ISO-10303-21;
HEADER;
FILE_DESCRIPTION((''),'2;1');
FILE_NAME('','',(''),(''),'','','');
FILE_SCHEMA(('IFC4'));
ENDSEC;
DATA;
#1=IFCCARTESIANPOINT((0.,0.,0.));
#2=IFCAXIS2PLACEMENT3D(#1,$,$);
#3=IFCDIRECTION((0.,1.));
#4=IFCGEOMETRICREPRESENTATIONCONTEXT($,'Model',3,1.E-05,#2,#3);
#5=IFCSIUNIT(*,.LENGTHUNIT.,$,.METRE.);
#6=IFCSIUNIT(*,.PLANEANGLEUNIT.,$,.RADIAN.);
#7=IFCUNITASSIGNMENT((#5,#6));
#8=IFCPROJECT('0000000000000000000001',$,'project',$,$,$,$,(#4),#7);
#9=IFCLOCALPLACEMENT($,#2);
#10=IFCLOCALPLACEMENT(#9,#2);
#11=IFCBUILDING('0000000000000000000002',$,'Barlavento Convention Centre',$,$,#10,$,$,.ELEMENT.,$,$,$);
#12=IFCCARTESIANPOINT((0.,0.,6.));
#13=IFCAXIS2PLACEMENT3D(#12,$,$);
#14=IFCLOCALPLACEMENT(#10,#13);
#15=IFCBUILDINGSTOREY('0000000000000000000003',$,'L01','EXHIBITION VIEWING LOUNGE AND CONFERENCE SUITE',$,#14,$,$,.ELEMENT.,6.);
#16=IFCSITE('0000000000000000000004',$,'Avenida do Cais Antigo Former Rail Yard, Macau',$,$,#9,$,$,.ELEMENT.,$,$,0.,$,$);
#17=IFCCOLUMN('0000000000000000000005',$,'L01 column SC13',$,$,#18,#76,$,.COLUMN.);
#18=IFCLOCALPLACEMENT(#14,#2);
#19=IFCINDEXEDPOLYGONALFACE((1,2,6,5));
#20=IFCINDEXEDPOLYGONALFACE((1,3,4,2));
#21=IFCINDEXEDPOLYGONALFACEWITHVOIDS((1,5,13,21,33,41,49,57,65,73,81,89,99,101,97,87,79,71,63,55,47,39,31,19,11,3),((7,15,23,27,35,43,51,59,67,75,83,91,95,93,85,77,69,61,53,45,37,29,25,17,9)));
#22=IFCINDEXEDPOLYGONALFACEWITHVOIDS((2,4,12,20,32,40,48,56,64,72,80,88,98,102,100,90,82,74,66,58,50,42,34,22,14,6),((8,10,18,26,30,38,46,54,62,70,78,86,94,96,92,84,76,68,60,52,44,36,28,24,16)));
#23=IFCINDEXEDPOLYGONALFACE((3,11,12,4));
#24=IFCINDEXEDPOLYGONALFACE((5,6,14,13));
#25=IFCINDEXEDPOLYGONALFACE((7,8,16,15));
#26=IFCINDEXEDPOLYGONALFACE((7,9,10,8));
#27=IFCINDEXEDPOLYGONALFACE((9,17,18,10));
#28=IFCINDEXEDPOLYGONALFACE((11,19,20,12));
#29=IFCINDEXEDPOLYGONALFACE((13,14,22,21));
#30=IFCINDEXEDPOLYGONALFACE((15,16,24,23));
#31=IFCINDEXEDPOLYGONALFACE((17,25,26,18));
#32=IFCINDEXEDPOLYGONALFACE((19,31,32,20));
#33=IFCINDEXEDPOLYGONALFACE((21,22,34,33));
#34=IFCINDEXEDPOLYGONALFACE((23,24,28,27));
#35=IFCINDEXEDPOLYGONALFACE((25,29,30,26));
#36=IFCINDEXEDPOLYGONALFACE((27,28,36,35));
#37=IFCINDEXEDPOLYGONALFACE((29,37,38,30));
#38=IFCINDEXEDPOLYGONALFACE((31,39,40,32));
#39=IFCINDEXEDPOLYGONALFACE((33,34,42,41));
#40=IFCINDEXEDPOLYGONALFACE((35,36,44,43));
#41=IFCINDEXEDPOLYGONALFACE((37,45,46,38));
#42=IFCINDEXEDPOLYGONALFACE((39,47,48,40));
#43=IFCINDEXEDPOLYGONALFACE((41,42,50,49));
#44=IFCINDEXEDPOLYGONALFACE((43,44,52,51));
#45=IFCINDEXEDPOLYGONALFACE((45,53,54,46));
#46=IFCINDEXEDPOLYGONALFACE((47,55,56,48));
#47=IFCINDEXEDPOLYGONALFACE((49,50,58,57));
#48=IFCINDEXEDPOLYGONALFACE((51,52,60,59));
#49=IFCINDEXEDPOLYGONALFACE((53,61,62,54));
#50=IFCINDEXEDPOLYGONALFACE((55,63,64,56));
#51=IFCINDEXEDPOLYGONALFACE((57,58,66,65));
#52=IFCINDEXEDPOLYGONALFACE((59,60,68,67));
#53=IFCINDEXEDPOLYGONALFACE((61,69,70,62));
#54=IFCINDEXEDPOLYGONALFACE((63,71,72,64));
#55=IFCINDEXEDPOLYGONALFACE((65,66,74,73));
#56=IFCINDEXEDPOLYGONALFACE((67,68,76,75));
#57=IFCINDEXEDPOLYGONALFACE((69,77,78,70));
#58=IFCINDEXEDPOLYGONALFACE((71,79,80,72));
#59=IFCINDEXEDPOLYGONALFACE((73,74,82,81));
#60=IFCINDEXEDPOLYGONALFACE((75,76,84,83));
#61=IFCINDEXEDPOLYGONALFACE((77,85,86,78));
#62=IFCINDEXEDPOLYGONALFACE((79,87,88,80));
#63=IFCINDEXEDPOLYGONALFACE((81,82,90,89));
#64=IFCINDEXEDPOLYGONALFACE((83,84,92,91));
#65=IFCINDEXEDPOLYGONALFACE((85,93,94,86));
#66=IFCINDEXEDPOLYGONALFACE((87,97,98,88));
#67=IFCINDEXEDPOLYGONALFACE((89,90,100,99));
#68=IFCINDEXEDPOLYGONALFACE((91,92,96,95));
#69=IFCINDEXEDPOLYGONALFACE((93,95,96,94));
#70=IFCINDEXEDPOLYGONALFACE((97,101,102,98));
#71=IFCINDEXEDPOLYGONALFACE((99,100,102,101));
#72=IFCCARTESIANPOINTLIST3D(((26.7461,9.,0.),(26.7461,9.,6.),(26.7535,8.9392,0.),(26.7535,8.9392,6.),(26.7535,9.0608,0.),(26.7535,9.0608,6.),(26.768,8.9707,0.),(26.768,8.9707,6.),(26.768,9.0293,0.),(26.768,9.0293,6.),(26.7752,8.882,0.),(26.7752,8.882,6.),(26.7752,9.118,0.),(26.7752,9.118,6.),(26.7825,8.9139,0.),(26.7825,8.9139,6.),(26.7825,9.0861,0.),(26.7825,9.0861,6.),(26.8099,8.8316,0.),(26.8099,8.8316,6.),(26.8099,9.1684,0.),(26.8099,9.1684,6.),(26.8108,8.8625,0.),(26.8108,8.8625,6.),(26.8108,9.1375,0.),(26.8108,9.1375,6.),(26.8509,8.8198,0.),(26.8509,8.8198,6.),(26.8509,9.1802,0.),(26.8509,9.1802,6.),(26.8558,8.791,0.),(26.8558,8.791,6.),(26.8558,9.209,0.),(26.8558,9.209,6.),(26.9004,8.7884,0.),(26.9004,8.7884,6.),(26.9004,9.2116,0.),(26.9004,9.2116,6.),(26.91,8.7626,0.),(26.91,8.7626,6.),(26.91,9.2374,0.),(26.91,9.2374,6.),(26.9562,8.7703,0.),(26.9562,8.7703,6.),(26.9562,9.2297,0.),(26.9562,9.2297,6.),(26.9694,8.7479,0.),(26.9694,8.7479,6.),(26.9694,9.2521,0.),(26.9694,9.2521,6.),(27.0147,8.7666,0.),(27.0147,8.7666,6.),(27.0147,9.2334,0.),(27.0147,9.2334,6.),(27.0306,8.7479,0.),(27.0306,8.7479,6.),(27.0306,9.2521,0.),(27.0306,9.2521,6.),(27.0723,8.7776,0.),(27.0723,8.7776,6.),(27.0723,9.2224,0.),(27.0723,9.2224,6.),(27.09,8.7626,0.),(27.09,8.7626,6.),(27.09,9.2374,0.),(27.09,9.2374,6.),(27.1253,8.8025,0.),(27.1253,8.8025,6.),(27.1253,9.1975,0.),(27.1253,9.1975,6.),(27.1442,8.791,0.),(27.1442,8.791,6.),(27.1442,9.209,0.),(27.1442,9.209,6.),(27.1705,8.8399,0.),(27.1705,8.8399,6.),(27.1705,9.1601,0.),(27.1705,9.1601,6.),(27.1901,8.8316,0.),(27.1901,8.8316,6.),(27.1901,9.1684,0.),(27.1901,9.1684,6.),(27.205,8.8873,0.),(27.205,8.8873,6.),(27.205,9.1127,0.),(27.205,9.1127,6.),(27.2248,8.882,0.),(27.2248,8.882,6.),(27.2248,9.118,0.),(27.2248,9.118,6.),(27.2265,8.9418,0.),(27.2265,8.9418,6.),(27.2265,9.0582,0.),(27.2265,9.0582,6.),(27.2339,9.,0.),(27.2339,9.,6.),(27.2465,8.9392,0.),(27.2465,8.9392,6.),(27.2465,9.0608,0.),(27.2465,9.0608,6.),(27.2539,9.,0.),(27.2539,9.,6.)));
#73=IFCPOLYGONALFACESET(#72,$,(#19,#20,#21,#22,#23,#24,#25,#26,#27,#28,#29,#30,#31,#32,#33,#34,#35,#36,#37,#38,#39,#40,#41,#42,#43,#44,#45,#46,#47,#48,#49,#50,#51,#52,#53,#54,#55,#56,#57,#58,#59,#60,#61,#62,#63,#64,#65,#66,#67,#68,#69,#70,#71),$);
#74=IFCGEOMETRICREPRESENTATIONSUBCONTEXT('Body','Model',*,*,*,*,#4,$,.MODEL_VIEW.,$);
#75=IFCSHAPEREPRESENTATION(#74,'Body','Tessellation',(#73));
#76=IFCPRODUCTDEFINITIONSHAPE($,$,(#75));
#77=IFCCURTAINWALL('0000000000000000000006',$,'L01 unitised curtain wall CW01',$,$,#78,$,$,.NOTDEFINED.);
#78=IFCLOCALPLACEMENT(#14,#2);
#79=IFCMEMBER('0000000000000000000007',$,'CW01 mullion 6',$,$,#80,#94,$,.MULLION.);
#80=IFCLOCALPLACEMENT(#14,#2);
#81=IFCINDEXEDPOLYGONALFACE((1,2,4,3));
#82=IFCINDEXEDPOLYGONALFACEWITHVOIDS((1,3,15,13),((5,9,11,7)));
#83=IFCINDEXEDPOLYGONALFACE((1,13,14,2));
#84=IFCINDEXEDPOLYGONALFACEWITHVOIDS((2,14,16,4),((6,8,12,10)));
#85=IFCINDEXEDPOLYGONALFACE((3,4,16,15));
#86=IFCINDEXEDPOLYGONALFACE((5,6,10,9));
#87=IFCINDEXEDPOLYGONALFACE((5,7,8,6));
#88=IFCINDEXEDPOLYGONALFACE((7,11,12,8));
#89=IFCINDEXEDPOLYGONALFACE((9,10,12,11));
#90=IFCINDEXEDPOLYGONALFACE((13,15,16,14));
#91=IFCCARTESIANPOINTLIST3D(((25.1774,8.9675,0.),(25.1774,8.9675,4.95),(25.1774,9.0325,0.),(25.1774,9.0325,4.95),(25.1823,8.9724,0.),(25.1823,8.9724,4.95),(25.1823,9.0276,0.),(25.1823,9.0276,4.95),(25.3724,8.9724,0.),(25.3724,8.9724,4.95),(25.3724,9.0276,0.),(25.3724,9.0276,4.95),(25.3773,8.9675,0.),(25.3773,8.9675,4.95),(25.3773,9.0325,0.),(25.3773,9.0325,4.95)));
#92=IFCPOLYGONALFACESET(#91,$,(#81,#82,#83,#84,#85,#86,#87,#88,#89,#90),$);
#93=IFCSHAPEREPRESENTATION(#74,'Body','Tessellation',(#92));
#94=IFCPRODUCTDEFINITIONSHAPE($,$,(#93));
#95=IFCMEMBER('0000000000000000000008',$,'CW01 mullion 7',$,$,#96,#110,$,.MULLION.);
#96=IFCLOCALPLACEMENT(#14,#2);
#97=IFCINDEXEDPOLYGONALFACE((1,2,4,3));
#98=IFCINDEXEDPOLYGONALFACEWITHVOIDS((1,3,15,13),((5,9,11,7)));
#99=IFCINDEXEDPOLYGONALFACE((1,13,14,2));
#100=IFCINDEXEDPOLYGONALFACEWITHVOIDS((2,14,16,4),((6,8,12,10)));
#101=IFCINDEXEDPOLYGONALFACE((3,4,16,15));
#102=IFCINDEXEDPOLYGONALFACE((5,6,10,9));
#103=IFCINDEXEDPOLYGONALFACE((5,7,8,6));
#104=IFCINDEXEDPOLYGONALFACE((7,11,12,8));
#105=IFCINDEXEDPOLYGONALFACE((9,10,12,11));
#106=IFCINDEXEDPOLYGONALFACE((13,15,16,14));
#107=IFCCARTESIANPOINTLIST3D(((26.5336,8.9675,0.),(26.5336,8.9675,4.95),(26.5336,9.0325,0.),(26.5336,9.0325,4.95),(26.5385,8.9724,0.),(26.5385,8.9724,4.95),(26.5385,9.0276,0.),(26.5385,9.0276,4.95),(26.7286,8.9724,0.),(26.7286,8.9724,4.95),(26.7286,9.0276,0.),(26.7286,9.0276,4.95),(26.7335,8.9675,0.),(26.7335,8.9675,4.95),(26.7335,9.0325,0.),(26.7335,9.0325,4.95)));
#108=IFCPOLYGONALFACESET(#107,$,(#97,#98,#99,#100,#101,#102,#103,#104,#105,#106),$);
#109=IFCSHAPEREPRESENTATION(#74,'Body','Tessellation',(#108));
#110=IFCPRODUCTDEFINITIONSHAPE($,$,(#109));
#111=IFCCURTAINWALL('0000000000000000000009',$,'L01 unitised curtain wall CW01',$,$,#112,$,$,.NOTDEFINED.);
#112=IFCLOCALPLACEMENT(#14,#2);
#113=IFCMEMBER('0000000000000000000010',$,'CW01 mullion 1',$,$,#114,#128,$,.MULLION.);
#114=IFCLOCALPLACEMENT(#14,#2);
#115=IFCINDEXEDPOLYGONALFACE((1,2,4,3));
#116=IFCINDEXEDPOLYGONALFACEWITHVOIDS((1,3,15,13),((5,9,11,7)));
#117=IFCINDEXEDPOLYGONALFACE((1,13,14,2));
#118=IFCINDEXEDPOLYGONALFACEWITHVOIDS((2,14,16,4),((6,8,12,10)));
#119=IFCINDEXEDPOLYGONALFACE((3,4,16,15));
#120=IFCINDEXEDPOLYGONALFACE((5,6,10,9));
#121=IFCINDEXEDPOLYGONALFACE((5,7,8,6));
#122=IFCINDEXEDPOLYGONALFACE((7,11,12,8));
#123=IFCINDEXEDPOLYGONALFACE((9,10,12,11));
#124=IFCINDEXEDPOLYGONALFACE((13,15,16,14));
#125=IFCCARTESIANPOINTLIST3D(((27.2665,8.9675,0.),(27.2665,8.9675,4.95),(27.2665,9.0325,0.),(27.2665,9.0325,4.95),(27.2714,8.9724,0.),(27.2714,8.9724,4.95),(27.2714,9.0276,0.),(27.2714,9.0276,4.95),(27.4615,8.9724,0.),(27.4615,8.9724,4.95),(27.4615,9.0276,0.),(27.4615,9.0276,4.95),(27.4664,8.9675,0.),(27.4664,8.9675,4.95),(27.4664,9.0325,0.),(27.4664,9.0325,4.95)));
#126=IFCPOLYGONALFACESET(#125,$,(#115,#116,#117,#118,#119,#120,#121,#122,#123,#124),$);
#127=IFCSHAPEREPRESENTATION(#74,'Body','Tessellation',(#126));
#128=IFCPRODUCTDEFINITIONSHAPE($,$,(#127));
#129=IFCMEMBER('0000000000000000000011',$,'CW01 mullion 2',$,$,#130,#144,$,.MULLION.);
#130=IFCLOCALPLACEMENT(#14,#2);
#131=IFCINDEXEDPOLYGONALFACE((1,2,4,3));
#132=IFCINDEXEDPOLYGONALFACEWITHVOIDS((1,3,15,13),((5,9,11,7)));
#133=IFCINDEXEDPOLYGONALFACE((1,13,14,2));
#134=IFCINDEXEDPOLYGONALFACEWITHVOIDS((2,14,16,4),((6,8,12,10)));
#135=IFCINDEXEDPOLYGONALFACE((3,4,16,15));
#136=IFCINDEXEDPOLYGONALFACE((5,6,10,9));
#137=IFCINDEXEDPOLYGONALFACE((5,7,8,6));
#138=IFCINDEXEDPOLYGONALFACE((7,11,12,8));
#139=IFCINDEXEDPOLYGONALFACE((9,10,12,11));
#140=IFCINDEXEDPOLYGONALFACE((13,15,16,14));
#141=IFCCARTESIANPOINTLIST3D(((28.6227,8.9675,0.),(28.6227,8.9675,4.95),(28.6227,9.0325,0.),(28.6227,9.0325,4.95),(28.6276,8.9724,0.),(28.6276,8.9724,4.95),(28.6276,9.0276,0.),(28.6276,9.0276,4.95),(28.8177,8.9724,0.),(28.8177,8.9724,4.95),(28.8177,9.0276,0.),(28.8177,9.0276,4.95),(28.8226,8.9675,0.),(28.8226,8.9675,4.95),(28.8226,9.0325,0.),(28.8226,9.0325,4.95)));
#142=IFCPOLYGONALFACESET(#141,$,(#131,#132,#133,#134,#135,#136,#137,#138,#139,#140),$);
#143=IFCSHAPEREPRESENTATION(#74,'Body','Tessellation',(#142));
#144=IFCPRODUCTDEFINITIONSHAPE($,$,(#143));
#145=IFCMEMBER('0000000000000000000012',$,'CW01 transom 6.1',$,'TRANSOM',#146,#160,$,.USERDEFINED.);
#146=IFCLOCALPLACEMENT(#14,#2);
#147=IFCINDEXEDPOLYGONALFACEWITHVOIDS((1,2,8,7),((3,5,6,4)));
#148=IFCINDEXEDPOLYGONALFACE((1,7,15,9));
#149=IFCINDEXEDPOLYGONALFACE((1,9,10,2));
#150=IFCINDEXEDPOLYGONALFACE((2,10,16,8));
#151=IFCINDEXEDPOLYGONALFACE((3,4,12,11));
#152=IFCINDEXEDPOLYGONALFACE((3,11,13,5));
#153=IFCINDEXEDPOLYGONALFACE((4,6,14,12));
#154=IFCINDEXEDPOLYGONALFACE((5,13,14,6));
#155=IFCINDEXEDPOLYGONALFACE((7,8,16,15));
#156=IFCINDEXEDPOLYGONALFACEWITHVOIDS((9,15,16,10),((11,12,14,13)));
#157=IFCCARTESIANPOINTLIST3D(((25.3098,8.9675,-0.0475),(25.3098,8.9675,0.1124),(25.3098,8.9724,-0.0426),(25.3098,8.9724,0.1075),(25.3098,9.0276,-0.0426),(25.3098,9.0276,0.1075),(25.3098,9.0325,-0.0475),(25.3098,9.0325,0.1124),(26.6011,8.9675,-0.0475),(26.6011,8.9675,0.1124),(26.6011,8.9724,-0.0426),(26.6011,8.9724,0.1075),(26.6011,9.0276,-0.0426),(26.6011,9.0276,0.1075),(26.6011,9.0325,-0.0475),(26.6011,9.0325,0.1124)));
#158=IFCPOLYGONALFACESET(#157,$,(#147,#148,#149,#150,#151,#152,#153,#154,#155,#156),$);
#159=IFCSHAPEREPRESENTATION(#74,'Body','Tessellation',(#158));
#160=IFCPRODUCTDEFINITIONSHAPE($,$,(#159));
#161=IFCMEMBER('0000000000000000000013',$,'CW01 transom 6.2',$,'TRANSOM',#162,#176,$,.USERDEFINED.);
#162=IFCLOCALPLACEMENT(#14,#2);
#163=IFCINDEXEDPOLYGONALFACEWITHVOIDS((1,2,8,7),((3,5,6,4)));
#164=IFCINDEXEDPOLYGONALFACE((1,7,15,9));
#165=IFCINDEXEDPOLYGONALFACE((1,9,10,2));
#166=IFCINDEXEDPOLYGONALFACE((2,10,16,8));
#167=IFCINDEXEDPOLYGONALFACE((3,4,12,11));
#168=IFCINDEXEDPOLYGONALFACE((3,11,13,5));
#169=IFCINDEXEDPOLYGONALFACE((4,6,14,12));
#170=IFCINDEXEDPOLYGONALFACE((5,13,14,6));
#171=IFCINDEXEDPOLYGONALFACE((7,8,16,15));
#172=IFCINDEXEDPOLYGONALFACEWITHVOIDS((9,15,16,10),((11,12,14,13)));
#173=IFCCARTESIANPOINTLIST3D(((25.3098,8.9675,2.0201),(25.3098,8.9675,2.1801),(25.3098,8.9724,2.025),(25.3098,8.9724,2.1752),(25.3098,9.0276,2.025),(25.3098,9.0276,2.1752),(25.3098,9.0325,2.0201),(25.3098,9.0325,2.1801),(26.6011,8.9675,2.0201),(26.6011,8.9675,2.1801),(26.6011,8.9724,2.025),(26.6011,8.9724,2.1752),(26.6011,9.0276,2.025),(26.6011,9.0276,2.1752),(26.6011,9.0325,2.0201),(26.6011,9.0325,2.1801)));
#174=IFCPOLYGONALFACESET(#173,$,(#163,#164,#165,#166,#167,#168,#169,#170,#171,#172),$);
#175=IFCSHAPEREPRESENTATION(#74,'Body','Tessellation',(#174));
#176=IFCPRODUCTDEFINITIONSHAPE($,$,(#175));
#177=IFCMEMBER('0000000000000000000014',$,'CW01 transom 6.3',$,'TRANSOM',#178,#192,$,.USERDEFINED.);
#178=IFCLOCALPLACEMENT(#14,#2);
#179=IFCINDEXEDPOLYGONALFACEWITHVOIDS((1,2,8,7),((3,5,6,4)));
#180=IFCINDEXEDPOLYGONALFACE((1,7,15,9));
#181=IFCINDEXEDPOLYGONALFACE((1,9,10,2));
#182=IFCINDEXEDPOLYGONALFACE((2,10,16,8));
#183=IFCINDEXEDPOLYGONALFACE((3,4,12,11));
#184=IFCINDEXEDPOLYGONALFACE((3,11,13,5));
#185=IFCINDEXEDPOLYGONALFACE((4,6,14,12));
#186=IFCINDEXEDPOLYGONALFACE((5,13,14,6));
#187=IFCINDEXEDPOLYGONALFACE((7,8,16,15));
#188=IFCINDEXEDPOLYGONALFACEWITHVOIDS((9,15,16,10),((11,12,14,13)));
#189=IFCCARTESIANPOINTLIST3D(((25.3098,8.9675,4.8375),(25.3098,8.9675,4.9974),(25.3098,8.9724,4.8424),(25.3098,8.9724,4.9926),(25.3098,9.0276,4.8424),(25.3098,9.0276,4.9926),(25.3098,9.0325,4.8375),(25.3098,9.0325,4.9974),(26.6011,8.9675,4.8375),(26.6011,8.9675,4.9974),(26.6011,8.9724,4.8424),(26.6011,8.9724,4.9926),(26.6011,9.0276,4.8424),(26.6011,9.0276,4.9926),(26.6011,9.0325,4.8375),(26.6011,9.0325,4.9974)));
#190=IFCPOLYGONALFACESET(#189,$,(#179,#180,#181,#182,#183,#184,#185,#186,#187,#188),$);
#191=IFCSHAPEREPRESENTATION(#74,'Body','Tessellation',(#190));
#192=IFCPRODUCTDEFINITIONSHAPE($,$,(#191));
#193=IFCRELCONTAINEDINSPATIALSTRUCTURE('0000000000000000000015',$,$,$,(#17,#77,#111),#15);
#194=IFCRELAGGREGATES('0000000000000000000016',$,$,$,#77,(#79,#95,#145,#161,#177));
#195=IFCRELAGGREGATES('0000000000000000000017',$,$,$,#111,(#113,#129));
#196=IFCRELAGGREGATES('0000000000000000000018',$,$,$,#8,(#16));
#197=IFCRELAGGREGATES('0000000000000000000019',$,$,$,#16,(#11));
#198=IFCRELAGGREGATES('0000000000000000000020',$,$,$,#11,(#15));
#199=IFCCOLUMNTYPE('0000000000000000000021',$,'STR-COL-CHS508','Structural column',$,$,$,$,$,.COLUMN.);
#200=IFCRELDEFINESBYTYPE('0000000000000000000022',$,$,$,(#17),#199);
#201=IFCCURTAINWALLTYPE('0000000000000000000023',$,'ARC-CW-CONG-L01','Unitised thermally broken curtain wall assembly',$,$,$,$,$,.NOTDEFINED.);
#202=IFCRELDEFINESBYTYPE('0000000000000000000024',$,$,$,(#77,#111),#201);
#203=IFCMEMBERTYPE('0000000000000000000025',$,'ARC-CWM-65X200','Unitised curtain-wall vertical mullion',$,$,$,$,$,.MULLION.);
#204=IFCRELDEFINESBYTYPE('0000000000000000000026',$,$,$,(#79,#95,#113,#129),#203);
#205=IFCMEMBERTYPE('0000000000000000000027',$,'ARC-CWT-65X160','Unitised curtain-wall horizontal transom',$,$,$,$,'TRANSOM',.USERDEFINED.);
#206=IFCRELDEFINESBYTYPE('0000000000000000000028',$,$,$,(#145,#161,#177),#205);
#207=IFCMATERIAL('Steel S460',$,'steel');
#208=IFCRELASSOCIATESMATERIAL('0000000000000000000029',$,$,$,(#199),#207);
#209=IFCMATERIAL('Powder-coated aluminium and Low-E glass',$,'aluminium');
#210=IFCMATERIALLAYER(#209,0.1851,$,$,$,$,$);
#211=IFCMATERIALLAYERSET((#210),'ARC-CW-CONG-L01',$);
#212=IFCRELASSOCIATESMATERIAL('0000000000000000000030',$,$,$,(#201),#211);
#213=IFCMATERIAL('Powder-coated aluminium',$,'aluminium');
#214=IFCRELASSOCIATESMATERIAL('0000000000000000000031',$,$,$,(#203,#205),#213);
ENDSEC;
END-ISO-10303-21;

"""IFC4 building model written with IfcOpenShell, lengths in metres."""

from ifc_helpers import new_model, si_unit, direction, frame, origin, origin_2d, place, context, subcontext, project, spatial, hollow_rectangle, hollow_circle, extrude, material, layer, layer_set, material_profile, profile_set, type_object, element, aggregate, save


model = new_model("IFC4")

# Units and contexts
model_context = context("Model", 3, precision=1e-05, world=origin(), true_north=direction((0.0, 1.0)))
body_context = subcontext(model_context, "Body", "Model", "MODEL_VIEW")
ifc_project = project(units=[si_unit("LENGTHUNIT", "METRE"), si_unit("PLANEANGLEUNIT", "RADIAN")], contexts=[model_context])

# Site, building, storey
site_placement = place(None, origin())
site = spatial("IfcSite", under=ifc_project, at=site_placement, Name="Avenida do Cais Antigo Former Rail Yard, Macau", CompositionType="ELEMENT", RefElevation=0.0)
building_placement = place(site_placement, origin())
building = spatial("IfcBuilding", under=site, at=building_placement, Name="Barlavento Convention Centre", CompositionType="ELEMENT")
storey_placement = place(building_placement, frame((0.0, 0.0, 6.0)))
storey = spatial("IfcBuildingStorey", under=building, at=storey_placement, Name="L01", Description="EXHIBITION VIEWING LOUNGE AND CONFERENCE SUITE", CompositionType="ELEMENT", Elevation=6.0)

# Column
ifc_material_1 = material(Name="Steel S460", Category="steel")
ifc_material_profile_1 = material_profile(ifc_material_1, hollow_circle(Radius=0.2539, WallThickness=0.02, at=origin_2d()), Name="CHS 508.0x20.0")
ifc_profile_set_1 = profile_set([ifc_material_profile_1], Name="Steel S460")
column_type = type_object("IfcColumnType", Name="STR-COL-CHS508", Description="Structural column", PredefinedType="COLUMN", material=ifc_profile_set_1)
column_placement = place(storey_placement, frame((27.0, 9.0, 0.0), z_axis=(0.0, 0.0, 1.0), x_axis=(1.0, 0.0, 0.0)))
element("IfcColumn", 1, at=column_placement, inside=storey, type_object=column_type, Name="L01 column SC13", PredefinedType="COLUMN", context=body_context, shape_type="SweptSolid", body=[
    extrude(hollow_circle(Radius=0.2539, WallThickness=0.02, at=origin_2d()), origin(), (0.0, 0.0, 1.0), 6.0),
])

# Curtain walls, members
ifc_material_2 = material(Name="Powder-coated aluminium and Low-E glass", Category="aluminium")
ifc_layer_1 = layer(ifc_material_2, 0.1851)
ifc_layer_set_1 = layer_set([ifc_layer_1], Name="ARC-CW-CONG-L01")
curtain_wall_type = type_object("IfcCurtainWallType", Name="ARC-CW-CONG-L01", Description="Unitised thermally broken curtain wall assembly", PredefinedType="NOTDEFINED", material=ifc_layer_set_1)
curtain_wall_1_placement = place(storey_placement, origin())
curtain_wall_1 = element("IfcCurtainWall", 2, at=curtain_wall_1_placement, inside=storey, type_object=curtain_wall_type, Name="L01 unitised curtain wall CW01", PredefinedType="NOTDEFINED")
ifc_material_3 = material(Name="Powder-coated aluminium", Category="aluminium")
ifc_material_profile_2 = material_profile(ifc_material_3, hollow_rectangle(XDim=0.0649, YDim=0.2, WallThickness=0.0049, at=origin_2d()), Name="AL-MULL 65x200x5")
ifc_profile_set_2 = profile_set([ifc_material_profile_2], Name="Powder-coated aluminium")
member_type_1 = type_object("IfcMemberType", Name="ARC-CWM-65X200", Description="Unitised curtain-wall vertical mullion", PredefinedType="MULLION", material=ifc_profile_set_2)
member_1_placement = place(storey_placement, frame((25.2773, 9.0, 0.0), z_axis=(0.0, 0.0, 1.0), x_axis=(0.0, 1.0, 0.0)))
member_1 = element("IfcMember", 3, at=member_1_placement, type_object=member_type_1, Name="CW01 mullion 6", PredefinedType="MULLION", context=body_context, shape_type="SweptSolid", body=[
    extrude(hollow_rectangle(XDim=0.0649, YDim=0.2, WallThickness=0.0049, at=origin_2d()), origin(), (0.0, 0.0, 1.0), 4.95),
])
member_2_placement = place(storey_placement, frame((26.6335, 9.0, 0.0), z_axis=(0.0, 0.0, 1.0), x_axis=(0.0, 1.0, 0.0)))
member_2 = element("IfcMember", 4, at=member_2_placement, type_object=member_type_1, Name="CW01 mullion 7", PredefinedType="MULLION", context=body_context, shape_type="SweptSolid", body=[
    extrude(hollow_rectangle(XDim=0.0649, YDim=0.2, WallThickness=0.0049, at=origin_2d()), origin(), (0.0, 0.0, 1.0), 4.95),
])
curtain_wall_2_placement = place(storey_placement, origin())
curtain_wall_2 = element("IfcCurtainWall", 5, at=curtain_wall_2_placement, inside=storey, type_object=curtain_wall_type, Name="L01 unitised curtain wall CW01", PredefinedType="NOTDEFINED")
member_3_placement = place(storey_placement, frame((27.3665, 9.0, 0.0), z_axis=(0.0, 0.0, 1.0), x_axis=(0.0, 1.0, 0.0)))
member_3 = element("IfcMember", 6, at=member_3_placement, type_object=member_type_1, Name="CW01 mullion 1", PredefinedType="MULLION", context=body_context, shape_type="SweptSolid", body=[
    extrude(hollow_rectangle(XDim=0.0649, YDim=0.2, WallThickness=0.0049, at=origin_2d()), origin(), (0.0, 0.0, 1.0), 4.95),
])
member_4_placement = place(storey_placement, frame((28.7227, 9.0, 0.0), z_axis=(0.0, 0.0, 1.0), x_axis=(0.0, 1.0, 0.0)))
member_4 = element("IfcMember", 7, at=member_4_placement, type_object=member_type_1, Name="CW01 mullion 2", PredefinedType="MULLION", context=body_context, shape_type="SweptSolid", body=[
    extrude(hollow_rectangle(XDim=0.0649, YDim=0.2, WallThickness=0.0049, at=origin_2d()), origin(), (0.0, 0.0, 1.0), 4.95),
])

# Members
ifc_material_profile_3 = material_profile(ifc_material_3, hollow_rectangle(XDim=0.0649, YDim=0.1599, WallThickness=0.0049, at=origin_2d()), Name="AL-TRAN 65x160x5")
ifc_profile_set_3 = profile_set([ifc_material_profile_3], Name="Powder-coated aluminium")
member_type_2 = type_object("IfcMemberType", Name="ARC-CWT-65X160", Description="Unitised curtain-wall horizontal transom", ElementType="TRANSOM", PredefinedType="USERDEFINED", material=ifc_profile_set_3)
member_5_placement = place(storey_placement, frame((25.3098, 9.0, 0.0325), z_axis=(1.0, 0.0, 0.0), x_axis=(0.0, 1.0, 0.0)))
member_5 = element("IfcMember", 8, at=member_5_placement, type_object=member_type_2, Name="CW01 transom 6.1", ObjectType="TRANSOM", PredefinedType="USERDEFINED", context=body_context, shape_type="SweptSolid", body=[
    extrude(hollow_rectangle(XDim=0.0649, YDim=0.1599, WallThickness=0.0049, at=origin_2d()), origin(), (0.0, 0.0, 1.0), 1.2913),
])
member_6_placement = place(storey_placement, frame((25.3098, 9.0, 2.1001), z_axis=(1.0, 0.0, 0.0), x_axis=(0.0, 1.0, 0.0)))
member_6 = element("IfcMember", 9, at=member_6_placement, type_object=member_type_2, Name="CW01 transom 6.2", ObjectType="TRANSOM", PredefinedType="USERDEFINED", context=body_context, shape_type="SweptSolid", body=[
    extrude(hollow_rectangle(XDim=0.0649, YDim=0.1599, WallThickness=0.0049, at=origin_2d()), origin(), (0.0, 0.0, 1.0), 1.2913),
])
member_7_placement = place(storey_placement, frame((25.3098, 9.0, 4.9175), z_axis=(1.0, 0.0, 0.0), x_axis=(0.0, 1.0, 0.0)))
member_7 = element("IfcMember", 10, at=member_7_placement, type_object=member_type_2, Name="CW01 transom 6.3", ObjectType="TRANSOM", PredefinedType="USERDEFINED", context=body_context, shape_type="SweptSolid", body=[
    extrude(hollow_rectangle(XDim=0.0649, YDim=0.1599, WallThickness=0.0049, at=origin_2d()), origin(), (0.0, 0.0, 1.0), 1.2913),
])

aggregate(curtain_wall_1, [member_1, member_2, member_5, member_6, member_7])
aggregate(curtain_wall_2, [member_3, member_4])

save(model, "model.ifc")
